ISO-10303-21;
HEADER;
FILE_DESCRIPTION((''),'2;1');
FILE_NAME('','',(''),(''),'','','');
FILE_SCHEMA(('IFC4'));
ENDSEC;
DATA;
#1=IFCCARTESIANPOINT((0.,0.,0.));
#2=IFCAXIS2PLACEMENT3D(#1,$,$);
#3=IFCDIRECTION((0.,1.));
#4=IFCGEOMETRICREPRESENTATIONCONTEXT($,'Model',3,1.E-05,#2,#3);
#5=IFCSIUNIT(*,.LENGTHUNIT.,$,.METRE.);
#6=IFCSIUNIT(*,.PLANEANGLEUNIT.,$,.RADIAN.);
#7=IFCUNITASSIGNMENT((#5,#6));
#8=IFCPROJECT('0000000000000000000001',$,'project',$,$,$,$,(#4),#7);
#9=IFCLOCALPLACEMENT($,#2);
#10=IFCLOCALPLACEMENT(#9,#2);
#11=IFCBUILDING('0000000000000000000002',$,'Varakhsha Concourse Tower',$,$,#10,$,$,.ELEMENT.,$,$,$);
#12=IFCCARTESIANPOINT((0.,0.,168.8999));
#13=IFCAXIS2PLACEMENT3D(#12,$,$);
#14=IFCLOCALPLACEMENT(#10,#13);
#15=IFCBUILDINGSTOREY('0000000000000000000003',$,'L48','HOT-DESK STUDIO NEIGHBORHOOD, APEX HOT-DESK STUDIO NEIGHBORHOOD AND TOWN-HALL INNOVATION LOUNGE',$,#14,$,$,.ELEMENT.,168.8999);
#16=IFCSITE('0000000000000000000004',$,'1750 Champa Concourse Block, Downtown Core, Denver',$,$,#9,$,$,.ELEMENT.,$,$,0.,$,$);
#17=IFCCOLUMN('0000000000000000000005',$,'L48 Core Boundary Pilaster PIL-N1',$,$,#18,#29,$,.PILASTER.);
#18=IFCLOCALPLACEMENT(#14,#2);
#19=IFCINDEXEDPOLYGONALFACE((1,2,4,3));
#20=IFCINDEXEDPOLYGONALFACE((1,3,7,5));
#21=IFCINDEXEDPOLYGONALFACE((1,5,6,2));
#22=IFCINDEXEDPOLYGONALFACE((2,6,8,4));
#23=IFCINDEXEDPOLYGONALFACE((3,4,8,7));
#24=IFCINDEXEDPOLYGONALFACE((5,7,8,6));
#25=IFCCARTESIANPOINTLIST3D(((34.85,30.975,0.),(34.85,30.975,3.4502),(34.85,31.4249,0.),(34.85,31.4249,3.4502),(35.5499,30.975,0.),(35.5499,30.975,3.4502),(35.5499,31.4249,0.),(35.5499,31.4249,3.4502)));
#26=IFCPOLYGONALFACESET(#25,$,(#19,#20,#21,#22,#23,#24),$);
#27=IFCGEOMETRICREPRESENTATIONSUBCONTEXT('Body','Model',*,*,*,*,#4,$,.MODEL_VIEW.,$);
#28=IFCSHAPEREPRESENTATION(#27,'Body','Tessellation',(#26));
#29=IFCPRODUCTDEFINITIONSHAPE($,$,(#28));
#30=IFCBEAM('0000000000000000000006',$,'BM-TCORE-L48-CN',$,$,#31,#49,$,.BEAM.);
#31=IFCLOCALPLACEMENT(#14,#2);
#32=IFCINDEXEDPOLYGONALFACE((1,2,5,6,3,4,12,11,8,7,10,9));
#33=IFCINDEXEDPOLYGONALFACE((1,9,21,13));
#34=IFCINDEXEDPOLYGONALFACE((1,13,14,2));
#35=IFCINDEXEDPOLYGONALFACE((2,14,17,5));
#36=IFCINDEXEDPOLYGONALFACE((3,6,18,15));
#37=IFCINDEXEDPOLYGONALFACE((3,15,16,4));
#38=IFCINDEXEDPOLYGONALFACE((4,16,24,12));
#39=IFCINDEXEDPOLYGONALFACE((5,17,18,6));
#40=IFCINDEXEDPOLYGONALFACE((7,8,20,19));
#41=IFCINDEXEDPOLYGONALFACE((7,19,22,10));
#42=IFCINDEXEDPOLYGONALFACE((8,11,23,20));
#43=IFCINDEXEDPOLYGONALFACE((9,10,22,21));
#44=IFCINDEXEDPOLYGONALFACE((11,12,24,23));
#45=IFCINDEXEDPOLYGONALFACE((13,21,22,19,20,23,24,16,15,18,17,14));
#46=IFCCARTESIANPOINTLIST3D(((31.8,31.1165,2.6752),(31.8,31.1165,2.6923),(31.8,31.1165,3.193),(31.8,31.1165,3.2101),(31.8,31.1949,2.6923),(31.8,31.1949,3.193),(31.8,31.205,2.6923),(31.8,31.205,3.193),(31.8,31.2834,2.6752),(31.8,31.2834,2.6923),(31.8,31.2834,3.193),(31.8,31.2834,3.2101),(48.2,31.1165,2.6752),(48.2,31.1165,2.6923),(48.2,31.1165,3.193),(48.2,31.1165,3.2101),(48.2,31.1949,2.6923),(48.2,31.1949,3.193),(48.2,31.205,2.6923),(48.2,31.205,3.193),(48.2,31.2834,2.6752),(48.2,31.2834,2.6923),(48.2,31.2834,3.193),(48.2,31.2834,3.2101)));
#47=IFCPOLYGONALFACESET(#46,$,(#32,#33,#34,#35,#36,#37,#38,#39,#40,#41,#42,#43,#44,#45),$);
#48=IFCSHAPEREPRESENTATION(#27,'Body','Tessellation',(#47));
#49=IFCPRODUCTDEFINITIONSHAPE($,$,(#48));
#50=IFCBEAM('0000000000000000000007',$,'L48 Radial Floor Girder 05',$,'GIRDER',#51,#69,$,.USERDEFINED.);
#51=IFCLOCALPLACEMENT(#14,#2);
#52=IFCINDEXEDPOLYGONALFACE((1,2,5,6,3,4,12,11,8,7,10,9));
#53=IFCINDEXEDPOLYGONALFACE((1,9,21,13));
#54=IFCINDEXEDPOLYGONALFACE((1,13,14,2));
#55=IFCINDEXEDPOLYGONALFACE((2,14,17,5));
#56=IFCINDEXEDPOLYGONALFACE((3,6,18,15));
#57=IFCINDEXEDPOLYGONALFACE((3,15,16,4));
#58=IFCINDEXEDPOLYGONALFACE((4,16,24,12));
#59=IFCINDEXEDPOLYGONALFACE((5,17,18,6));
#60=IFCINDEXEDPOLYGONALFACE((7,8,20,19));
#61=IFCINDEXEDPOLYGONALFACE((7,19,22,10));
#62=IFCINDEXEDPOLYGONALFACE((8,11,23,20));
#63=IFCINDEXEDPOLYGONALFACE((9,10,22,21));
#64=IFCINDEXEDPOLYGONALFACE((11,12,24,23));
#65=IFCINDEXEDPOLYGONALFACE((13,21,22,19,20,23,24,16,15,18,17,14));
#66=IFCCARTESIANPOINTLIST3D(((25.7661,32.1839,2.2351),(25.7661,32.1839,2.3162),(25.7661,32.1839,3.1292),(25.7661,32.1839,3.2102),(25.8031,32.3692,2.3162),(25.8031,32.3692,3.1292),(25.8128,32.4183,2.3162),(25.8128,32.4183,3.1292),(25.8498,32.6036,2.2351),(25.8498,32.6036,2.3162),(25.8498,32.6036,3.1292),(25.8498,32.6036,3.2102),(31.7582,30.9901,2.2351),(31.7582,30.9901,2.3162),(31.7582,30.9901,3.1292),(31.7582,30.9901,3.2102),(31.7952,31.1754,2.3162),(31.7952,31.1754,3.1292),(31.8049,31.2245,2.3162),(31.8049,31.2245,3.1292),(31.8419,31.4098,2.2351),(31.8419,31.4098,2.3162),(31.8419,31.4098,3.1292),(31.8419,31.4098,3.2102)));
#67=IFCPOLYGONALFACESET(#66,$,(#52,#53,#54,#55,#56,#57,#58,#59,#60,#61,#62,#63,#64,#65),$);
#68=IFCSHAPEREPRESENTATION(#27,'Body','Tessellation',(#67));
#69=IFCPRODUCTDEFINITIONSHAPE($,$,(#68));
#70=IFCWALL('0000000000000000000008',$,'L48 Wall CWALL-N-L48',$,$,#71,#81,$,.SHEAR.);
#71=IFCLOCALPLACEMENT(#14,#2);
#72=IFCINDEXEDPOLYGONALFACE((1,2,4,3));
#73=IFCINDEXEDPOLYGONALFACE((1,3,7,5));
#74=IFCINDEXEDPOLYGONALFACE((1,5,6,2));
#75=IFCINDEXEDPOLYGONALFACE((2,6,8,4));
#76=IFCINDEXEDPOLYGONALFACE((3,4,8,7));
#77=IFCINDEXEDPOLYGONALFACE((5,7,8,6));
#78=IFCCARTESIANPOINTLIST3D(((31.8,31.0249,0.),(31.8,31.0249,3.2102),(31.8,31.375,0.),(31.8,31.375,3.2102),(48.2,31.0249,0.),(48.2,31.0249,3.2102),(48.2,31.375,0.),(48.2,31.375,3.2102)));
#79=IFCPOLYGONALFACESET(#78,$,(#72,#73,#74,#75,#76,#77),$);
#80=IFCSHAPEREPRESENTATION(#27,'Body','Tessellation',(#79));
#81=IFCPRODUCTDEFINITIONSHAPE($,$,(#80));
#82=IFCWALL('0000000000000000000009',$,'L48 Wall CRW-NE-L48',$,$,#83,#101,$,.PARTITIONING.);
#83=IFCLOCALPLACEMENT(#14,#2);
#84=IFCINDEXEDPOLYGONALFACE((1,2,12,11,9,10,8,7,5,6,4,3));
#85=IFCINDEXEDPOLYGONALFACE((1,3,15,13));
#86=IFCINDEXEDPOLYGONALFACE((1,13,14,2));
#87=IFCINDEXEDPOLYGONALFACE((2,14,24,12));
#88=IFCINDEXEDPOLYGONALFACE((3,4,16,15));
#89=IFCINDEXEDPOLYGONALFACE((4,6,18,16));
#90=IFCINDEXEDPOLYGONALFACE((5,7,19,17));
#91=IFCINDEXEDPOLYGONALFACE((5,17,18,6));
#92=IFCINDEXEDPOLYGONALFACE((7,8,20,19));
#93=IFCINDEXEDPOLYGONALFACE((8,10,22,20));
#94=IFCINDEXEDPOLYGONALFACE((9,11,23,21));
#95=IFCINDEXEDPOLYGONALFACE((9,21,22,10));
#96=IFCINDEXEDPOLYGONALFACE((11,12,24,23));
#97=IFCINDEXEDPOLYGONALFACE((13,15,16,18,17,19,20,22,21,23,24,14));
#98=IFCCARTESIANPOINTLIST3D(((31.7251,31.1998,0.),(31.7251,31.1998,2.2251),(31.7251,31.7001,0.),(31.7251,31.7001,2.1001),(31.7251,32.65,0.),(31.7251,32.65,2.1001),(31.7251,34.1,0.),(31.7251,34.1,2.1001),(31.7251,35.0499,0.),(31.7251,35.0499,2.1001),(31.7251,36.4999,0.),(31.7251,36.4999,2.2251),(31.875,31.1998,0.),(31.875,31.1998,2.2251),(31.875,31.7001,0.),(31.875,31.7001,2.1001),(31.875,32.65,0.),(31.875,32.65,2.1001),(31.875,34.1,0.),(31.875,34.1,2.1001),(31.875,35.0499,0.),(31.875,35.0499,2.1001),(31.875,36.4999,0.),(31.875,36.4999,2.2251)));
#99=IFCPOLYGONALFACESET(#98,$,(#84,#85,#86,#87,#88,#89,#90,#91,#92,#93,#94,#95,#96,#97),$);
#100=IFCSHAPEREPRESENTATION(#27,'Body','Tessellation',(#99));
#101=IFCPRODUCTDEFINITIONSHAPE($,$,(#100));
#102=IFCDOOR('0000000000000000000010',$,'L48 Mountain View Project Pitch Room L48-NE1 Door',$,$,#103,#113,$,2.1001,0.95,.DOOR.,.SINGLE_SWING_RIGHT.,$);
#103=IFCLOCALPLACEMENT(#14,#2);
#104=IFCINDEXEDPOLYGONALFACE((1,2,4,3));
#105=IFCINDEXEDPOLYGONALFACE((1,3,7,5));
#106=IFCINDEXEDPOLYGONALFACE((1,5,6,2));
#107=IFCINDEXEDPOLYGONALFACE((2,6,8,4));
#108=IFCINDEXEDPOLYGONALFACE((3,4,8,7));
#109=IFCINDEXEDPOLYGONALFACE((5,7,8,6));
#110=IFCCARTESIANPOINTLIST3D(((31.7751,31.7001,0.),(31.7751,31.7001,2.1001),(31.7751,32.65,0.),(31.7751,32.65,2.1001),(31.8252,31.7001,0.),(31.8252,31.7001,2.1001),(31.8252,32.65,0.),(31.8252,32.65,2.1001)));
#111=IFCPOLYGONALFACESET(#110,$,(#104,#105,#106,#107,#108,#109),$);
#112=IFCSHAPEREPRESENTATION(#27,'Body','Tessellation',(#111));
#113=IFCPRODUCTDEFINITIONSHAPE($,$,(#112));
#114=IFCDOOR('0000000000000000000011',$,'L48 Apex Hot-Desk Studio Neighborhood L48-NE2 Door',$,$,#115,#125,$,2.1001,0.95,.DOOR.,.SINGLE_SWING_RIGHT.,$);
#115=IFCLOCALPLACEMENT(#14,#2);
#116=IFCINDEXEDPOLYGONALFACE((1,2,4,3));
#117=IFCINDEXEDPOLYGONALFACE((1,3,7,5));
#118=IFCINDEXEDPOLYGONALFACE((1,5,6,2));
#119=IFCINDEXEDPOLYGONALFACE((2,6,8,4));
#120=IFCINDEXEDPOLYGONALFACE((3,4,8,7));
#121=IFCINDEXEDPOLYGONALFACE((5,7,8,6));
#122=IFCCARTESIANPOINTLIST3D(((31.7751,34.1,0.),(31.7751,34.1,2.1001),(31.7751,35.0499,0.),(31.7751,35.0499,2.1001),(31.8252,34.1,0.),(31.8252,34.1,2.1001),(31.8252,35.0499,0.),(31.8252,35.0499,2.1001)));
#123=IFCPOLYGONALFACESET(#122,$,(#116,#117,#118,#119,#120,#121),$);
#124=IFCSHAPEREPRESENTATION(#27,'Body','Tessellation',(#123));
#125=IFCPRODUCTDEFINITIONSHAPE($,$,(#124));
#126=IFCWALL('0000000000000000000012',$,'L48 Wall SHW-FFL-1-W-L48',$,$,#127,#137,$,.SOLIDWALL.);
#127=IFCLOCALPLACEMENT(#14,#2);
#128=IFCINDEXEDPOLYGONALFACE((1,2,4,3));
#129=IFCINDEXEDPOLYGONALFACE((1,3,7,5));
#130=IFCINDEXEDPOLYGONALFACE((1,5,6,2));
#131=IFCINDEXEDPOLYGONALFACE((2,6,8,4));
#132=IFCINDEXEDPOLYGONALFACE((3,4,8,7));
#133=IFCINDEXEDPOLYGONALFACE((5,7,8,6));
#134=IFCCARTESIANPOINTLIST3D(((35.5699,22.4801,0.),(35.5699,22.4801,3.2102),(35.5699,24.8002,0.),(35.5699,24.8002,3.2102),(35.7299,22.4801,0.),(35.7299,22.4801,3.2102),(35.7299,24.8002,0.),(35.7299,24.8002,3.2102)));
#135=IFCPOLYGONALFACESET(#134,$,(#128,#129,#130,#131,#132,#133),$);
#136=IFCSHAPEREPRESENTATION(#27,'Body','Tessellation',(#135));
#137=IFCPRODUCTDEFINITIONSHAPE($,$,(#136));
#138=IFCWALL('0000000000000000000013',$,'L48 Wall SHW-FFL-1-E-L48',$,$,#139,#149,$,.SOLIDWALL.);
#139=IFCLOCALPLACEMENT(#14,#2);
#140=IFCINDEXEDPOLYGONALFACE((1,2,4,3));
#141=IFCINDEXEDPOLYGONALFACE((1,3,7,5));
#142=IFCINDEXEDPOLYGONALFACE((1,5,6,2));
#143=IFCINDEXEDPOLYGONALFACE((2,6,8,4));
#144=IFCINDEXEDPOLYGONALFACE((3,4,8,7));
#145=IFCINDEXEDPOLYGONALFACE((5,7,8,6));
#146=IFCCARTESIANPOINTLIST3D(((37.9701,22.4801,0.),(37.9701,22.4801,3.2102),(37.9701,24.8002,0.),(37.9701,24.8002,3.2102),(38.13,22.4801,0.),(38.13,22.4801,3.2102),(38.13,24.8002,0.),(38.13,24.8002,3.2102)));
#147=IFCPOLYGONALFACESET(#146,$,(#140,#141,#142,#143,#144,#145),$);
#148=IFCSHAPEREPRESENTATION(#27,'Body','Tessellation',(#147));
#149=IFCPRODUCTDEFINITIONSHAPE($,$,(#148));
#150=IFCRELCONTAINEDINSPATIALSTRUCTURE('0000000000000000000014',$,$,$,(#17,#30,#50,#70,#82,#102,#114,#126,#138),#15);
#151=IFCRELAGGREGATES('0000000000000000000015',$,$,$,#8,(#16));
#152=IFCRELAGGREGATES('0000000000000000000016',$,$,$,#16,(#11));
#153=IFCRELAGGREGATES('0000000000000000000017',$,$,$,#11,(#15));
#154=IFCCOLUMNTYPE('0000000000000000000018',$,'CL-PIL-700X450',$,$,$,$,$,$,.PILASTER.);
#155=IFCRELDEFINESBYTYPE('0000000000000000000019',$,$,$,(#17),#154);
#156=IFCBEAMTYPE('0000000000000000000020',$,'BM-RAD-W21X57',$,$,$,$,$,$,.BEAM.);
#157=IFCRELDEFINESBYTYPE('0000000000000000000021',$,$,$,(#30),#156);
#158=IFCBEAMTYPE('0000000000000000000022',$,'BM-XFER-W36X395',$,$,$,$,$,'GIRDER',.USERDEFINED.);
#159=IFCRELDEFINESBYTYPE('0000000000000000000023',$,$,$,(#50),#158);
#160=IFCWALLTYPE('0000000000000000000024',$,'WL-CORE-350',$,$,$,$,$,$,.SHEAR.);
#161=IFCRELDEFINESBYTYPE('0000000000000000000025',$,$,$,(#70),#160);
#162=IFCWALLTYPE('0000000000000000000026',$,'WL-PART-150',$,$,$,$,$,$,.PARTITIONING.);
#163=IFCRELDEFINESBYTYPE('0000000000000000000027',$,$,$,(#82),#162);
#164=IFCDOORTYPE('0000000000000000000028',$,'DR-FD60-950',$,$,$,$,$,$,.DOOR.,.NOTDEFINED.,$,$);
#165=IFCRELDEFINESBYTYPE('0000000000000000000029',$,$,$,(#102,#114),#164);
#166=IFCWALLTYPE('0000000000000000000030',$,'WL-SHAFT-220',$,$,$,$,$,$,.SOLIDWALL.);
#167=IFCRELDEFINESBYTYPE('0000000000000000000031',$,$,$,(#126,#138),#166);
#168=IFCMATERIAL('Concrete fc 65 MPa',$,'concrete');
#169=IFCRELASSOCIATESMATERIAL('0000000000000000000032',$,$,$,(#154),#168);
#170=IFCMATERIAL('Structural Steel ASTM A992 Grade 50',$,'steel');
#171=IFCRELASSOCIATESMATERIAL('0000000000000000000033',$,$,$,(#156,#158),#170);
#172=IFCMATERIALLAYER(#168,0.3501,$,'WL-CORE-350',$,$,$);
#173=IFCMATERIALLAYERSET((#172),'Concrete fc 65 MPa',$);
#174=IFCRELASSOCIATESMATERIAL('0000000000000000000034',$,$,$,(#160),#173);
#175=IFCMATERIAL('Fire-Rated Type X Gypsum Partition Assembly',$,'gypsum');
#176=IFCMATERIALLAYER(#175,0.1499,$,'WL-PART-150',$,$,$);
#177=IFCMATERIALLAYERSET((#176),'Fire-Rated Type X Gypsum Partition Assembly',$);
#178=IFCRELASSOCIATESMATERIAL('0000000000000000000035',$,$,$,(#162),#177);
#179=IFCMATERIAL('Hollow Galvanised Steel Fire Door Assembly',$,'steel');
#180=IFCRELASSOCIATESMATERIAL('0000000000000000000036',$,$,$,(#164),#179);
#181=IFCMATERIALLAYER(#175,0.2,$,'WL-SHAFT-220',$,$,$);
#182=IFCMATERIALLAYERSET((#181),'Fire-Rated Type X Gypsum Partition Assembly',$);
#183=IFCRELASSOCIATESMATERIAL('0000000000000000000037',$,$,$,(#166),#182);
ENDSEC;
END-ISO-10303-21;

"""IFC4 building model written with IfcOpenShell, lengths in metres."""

from ifc_helpers import new_model, si_unit, direction, frame, frame_2d, origin, origin_2d, place, context, subcontext, project, spatial, rectangle, i_section, extrude, material, layer, layer_set, material_profile, profile_set, type_object, element, fill, save


model = new_model("IFC4")

# Units and contexts
model_context = context("Model", 3, precision=1e-05, world=origin(), true_north=direction((0.0, 1.0)))
body_context = subcontext(model_context, "Body", "Model", "MODEL_VIEW")
ifc_project = project(units=[si_unit("LENGTHUNIT", "METRE"), si_unit("PLANEANGLEUNIT", "RADIAN")], contexts=[model_context])

# Site, building, storey
site_placement = place(None, origin())
site = spatial("IfcSite", under=ifc_project, at=site_placement, Name="1750 Champa Concourse Block, Downtown Core, Denver", CompositionType="ELEMENT", RefElevation=0.0)
building_placement = place(site_placement, origin())
building = spatial("IfcBuilding", under=site, at=building_placement, Name="Varakhsha Concourse Tower", CompositionType="ELEMENT")
storey_placement = place(building_placement, frame((0.0, 0.0, 168.8999)))
storey = spatial("IfcBuildingStorey", under=building, at=storey_placement, Name="L48", Description="HOT-DESK STUDIO NEIGHBORHOOD, APEX HOT-DESK STUDIO NEIGHBORHOOD AND TOWN-HALL INNOVATION LOUNGE", CompositionType="ELEMENT", Elevation=168.8999)

# Column
ifc_material_1 = material(Name="Concrete fc 65 MPa", Category="concrete")
ifc_material_profile_1 = material_profile(ifc_material_1, rectangle(XDim=0.7, YDim=0.45, at=origin_2d()), Name="RC 700x450")
ifc_profile_set_1 = profile_set([ifc_material_profile_1], Name="Concrete fc 65 MPa")
column_type = type_object("IfcColumnType", Name="CL-PIL-700X450", PredefinedType="PILASTER", material=ifc_profile_set_1)
column_placement = place(storey_placement, frame((35.2, 31.2, 0.0), z_axis=(0.0, 0.0, 1.0), x_axis=(1.0, 0.0, 0.0)))
element("IfcColumn", 1, at=column_placement, inside=storey, type_object=column_type, Name="L48 Core Boundary Pilaster PIL-N1", PredefinedType="PILASTER", context=body_context, shape_type="SweptSolid", body=[
    extrude(rectangle(XDim=0.7, YDim=0.45, at=origin_2d()), origin(), (0.0, 0.0, 1.0), 3.4502),
])

# Beams
ifc_material_2 = material(Name="Structural Steel ASTM A992 Grade 50", Category="steel")
ifc_material_profile_2 = material_profile(ifc_material_2, i_section(OverallWidth=0.167, OverallDepth=0.5349, WebThickness=0.01, FlangeThickness=0.0171, at=origin_2d()), Name="W21X57")
ifc_profile_set_2 = profile_set([ifc_material_profile_2], Name="Structural Steel ASTM A992 Grade 50")
beam_type_1 = type_object("IfcBeamType", Name="BM-RAD-W21X57", PredefinedType="BEAM", material=ifc_profile_set_2)
beam_1_placement = place(storey_placement, frame((31.8, 31.2, 2.9426), z_axis=(1.0, 0.0, 0.0), x_axis=(0.0, 1.0, 0.0)))
element("IfcBeam", 2, at=beam_1_placement, inside=storey, type_object=beam_type_1, Name="BM-TCORE-L48-CN", PredefinedType="BEAM", context=body_context, shape_type="SweptSolid", body=[
    extrude(i_section(OverallWidth=0.167, OverallDepth=0.5349, WebThickness=0.01, FlangeThickness=0.0171, at=origin_2d()), origin(), (0.0, 0.0, 1.0), 16.3999),
])
ifc_material_profile_3 = material_profile(ifc_material_2, i_section(OverallWidth=0.428, OverallDepth=0.9751, WebThickness=0.05, FlangeThickness=0.0811, at=origin_2d()), Name="W36X395")
ifc_profile_set_3 = profile_set([ifc_material_profile_3], Name="Structural Steel ASTM A992 Grade 50")
beam_type_2 = type_object("IfcBeamType", Name="BM-XFER-W36X395", ElementType="GIRDER", PredefinedType="USERDEFINED", material=ifc_profile_set_3)
beam_2_placement = place(storey_placement, frame((31.8, 31.2, 2.7227), z_axis=(-0.980725, 0.195394, 0.0), x_axis=(-0.195394, -0.980725, 0.0)))
element("IfcBeam", 3, at=beam_2_placement, inside=storey, type_object=beam_type_2, Name="L48 Radial Floor Girder 05", ObjectType="GIRDER", PredefinedType="USERDEFINED", context=body_context, shape_type="SweptSolid", body=[
    extrude(i_section(OverallWidth=0.428, OverallDepth=0.9751, WebThickness=0.05, FlangeThickness=0.0811, at=origin_2d()), origin(), (0.0, 0.0, 1.0), 6.1099),
])

# Wall
ifc_layer_1 = layer(ifc_material_1, 0.3501, Name="WL-CORE-350")
ifc_layer_set_1 = layer_set([ifc_layer_1], Name="Concrete fc 65 MPa")
wall_type_1 = type_object("IfcWallType", Name="WL-CORE-350", PredefinedType="SHEAR", material=ifc_layer_set_1)
wall_1_placement = place(storey_placement, frame((31.8, 31.2, 0.0), z_axis=(0.0, 0.0, 1.0), x_axis=(1.0, 0.0, 0.0)))
element("IfcWall", 4, at=wall_1_placement, inside=storey, type_object=wall_type_1, Name="L48 Wall CWALL-N-L48", PredefinedType="SHEAR", context=body_context, shape_type="SweptSolid", body=[
    extrude(rectangle(XDim=16.3999, YDim=0.3501, at=frame_2d((8.2, 0.0))), origin(), (0.0, 0.0, 1.0), 3.2102),
])

# Wall, openings, doors
ifc_material_3 = material(Name="Fire-Rated Type X Gypsum Partition Assembly", Category="gypsum")
ifc_layer_2 = layer(ifc_material_3, 0.1499, Name="WL-PART-150")
ifc_layer_set_2 = layer_set([ifc_layer_2], Name="Fire-Rated Type X Gypsum Partition Assembly")
wall_type_2 = type_object("IfcWallType", Name="WL-PART-150", PredefinedType="PARTITIONING", material=ifc_layer_set_2)
wall_2_placement = place(storey_placement, frame((31.8, 31.2, 0.0), z_axis=(0.0, 0.0, 1.0), x_axis=(0.0, 1.0, 0.0)))
wall_2 = element("IfcWall", 5, at=wall_2_placement, inside=storey, type_object=wall_type_2, Name="L48 Wall CRW-NE-L48", PredefinedType="PARTITIONING", context=body_context, shape_type="SweptSolid", body=[
    extrude(rectangle(XDim=5.3, YDim=0.1499, at=frame_2d((2.6499, 0.0))), origin(), (0.0, 0.0, 1.0), 2.2251),
])
opening_1_placement = place(wall_2_placement, frame((0.5, 0.0, 0.0)))
opening_1 = element("IfcOpeningElement", 6, at=opening_1_placement, cuts=wall_2, PredefinedType="OPENING", context=body_context, shape_type="SweptSolid", body=[
    extrude(rectangle(XDim=0.95, YDim=2.1001, at=frame_2d((0.4751, 1.05))), frame((0.0, 0.085, 0.0), z_axis=(0.0, -1.0, 0.0), x_axis=(1.0, 0.0, 0.0)), (0.0, 0.0, 1.0), 0.1699),
])
opening_2_placement = place(wall_2_placement, frame((2.8999, 0.0, 0.0)))
opening_2 = element("IfcOpeningElement", 7, at=opening_2_placement, cuts=wall_2, PredefinedType="OPENING", context=body_context, shape_type="SweptSolid", body=[
    extrude(rectangle(XDim=0.95, YDim=2.1001, at=frame_2d((0.4751, 1.05))), frame((0.0, 0.085, 0.0), z_axis=(0.0, -1.0, 0.0), x_axis=(1.0, 0.0, 0.0)), (0.0, 0.0, 1.0), 0.1699),
])
ifc_material_4 = material(Name="Hollow Galvanised Steel Fire Door Assembly", Category="steel")
door_type_1 = type_object("IfcDoorType", Name="DR-FD60-950", OperationType="NOTDEFINED", PredefinedType="DOOR", material=ifc_material_4)
door_1_placement = place(opening_1_placement, origin())
door_1 = element("IfcDoor", 8, at=door_1_placement, inside=storey, type_object=door_type_1, Name="L48 Mountain View Project Pitch Room L48-NE1 Door", OperationType="SINGLE_SWING_RIGHT", OverallHeight=2.1001, OverallWidth=0.95, PredefinedType="DOOR", context=body_context, shape_type="SweptSolid", body=[
    extrude(rectangle(XDim=0.95, YDim=2.1001, at=frame_2d((0.4751, 1.05))), frame((0.0, 0.0249, 0.0), z_axis=(0.0, -1.0, 0.0), x_axis=(1.0, 0.0, 0.0)), (0.0, 0.0, 1.0), 0.05),
])
fill(opening_1, door_1)
door_2_placement = place(opening_2_placement, origin())
door_2 = element("IfcDoor", 9, at=door_2_placement, inside=storey, type_object=door_type_1, Name="L48 Apex Hot-Desk Studio Neighborhood L48-NE2 Door", OperationType="SINGLE_SWING_RIGHT", OverallHeight=2.1001, OverallWidth=0.95, PredefinedType="DOOR", context=body_context, shape_type="SweptSolid", body=[
    extrude(rectangle(XDim=0.95, YDim=2.1001, at=frame_2d((0.4751, 1.05))), frame((0.0, 0.0249, 0.0), z_axis=(0.0, -1.0, 0.0), x_axis=(1.0, 0.0, 0.0)), (0.0, 0.0, 1.0), 0.05),
])
fill(opening_2, door_2)
ifc_layer_3 = layer(ifc_material_3, 0.2, Name="WL-SHAFT-220")
ifc_layer_set_3 = layer_set([ifc_layer_3], Name="Fire-Rated Type X Gypsum Partition Assembly")
wall_type_3 = type_object("IfcWallType", Name="WL-SHAFT-220", PredefinedType="SOLIDWALL", material=ifc_layer_set_3)

# Walls
for number, where, z_axis, x_axis, name in (
    (10, (35.6499, 22.48, 0.0), (0.0, 0.0, 1.0), (0.0, 1.0, 0.0), "L48 Wall SHW-FFL-1-W-L48"),
    (11, (38.05, 22.48, 0.0), (0.0, 0.0, 1.0), (0.0, 1.0, 0.0), "L48 Wall SHW-FFL-1-E-L48"),
):
    element("IfcWall", number, at=place(storey_placement, frame(where, z_axis=z_axis, x_axis=x_axis)), inside=storey, type_object=wall_type_3, Name=name, PredefinedType="SOLIDWALL", context=body_context, shape_type="SweptSolid", body=[
        extrude(rectangle(XDim=2.3201, YDim=0.1599, at=frame_2d((1.1602, 0.0))), origin(), (0.0, 0.0, 1.0), 3.2102),
    ])

save(model, "model.ifc")
